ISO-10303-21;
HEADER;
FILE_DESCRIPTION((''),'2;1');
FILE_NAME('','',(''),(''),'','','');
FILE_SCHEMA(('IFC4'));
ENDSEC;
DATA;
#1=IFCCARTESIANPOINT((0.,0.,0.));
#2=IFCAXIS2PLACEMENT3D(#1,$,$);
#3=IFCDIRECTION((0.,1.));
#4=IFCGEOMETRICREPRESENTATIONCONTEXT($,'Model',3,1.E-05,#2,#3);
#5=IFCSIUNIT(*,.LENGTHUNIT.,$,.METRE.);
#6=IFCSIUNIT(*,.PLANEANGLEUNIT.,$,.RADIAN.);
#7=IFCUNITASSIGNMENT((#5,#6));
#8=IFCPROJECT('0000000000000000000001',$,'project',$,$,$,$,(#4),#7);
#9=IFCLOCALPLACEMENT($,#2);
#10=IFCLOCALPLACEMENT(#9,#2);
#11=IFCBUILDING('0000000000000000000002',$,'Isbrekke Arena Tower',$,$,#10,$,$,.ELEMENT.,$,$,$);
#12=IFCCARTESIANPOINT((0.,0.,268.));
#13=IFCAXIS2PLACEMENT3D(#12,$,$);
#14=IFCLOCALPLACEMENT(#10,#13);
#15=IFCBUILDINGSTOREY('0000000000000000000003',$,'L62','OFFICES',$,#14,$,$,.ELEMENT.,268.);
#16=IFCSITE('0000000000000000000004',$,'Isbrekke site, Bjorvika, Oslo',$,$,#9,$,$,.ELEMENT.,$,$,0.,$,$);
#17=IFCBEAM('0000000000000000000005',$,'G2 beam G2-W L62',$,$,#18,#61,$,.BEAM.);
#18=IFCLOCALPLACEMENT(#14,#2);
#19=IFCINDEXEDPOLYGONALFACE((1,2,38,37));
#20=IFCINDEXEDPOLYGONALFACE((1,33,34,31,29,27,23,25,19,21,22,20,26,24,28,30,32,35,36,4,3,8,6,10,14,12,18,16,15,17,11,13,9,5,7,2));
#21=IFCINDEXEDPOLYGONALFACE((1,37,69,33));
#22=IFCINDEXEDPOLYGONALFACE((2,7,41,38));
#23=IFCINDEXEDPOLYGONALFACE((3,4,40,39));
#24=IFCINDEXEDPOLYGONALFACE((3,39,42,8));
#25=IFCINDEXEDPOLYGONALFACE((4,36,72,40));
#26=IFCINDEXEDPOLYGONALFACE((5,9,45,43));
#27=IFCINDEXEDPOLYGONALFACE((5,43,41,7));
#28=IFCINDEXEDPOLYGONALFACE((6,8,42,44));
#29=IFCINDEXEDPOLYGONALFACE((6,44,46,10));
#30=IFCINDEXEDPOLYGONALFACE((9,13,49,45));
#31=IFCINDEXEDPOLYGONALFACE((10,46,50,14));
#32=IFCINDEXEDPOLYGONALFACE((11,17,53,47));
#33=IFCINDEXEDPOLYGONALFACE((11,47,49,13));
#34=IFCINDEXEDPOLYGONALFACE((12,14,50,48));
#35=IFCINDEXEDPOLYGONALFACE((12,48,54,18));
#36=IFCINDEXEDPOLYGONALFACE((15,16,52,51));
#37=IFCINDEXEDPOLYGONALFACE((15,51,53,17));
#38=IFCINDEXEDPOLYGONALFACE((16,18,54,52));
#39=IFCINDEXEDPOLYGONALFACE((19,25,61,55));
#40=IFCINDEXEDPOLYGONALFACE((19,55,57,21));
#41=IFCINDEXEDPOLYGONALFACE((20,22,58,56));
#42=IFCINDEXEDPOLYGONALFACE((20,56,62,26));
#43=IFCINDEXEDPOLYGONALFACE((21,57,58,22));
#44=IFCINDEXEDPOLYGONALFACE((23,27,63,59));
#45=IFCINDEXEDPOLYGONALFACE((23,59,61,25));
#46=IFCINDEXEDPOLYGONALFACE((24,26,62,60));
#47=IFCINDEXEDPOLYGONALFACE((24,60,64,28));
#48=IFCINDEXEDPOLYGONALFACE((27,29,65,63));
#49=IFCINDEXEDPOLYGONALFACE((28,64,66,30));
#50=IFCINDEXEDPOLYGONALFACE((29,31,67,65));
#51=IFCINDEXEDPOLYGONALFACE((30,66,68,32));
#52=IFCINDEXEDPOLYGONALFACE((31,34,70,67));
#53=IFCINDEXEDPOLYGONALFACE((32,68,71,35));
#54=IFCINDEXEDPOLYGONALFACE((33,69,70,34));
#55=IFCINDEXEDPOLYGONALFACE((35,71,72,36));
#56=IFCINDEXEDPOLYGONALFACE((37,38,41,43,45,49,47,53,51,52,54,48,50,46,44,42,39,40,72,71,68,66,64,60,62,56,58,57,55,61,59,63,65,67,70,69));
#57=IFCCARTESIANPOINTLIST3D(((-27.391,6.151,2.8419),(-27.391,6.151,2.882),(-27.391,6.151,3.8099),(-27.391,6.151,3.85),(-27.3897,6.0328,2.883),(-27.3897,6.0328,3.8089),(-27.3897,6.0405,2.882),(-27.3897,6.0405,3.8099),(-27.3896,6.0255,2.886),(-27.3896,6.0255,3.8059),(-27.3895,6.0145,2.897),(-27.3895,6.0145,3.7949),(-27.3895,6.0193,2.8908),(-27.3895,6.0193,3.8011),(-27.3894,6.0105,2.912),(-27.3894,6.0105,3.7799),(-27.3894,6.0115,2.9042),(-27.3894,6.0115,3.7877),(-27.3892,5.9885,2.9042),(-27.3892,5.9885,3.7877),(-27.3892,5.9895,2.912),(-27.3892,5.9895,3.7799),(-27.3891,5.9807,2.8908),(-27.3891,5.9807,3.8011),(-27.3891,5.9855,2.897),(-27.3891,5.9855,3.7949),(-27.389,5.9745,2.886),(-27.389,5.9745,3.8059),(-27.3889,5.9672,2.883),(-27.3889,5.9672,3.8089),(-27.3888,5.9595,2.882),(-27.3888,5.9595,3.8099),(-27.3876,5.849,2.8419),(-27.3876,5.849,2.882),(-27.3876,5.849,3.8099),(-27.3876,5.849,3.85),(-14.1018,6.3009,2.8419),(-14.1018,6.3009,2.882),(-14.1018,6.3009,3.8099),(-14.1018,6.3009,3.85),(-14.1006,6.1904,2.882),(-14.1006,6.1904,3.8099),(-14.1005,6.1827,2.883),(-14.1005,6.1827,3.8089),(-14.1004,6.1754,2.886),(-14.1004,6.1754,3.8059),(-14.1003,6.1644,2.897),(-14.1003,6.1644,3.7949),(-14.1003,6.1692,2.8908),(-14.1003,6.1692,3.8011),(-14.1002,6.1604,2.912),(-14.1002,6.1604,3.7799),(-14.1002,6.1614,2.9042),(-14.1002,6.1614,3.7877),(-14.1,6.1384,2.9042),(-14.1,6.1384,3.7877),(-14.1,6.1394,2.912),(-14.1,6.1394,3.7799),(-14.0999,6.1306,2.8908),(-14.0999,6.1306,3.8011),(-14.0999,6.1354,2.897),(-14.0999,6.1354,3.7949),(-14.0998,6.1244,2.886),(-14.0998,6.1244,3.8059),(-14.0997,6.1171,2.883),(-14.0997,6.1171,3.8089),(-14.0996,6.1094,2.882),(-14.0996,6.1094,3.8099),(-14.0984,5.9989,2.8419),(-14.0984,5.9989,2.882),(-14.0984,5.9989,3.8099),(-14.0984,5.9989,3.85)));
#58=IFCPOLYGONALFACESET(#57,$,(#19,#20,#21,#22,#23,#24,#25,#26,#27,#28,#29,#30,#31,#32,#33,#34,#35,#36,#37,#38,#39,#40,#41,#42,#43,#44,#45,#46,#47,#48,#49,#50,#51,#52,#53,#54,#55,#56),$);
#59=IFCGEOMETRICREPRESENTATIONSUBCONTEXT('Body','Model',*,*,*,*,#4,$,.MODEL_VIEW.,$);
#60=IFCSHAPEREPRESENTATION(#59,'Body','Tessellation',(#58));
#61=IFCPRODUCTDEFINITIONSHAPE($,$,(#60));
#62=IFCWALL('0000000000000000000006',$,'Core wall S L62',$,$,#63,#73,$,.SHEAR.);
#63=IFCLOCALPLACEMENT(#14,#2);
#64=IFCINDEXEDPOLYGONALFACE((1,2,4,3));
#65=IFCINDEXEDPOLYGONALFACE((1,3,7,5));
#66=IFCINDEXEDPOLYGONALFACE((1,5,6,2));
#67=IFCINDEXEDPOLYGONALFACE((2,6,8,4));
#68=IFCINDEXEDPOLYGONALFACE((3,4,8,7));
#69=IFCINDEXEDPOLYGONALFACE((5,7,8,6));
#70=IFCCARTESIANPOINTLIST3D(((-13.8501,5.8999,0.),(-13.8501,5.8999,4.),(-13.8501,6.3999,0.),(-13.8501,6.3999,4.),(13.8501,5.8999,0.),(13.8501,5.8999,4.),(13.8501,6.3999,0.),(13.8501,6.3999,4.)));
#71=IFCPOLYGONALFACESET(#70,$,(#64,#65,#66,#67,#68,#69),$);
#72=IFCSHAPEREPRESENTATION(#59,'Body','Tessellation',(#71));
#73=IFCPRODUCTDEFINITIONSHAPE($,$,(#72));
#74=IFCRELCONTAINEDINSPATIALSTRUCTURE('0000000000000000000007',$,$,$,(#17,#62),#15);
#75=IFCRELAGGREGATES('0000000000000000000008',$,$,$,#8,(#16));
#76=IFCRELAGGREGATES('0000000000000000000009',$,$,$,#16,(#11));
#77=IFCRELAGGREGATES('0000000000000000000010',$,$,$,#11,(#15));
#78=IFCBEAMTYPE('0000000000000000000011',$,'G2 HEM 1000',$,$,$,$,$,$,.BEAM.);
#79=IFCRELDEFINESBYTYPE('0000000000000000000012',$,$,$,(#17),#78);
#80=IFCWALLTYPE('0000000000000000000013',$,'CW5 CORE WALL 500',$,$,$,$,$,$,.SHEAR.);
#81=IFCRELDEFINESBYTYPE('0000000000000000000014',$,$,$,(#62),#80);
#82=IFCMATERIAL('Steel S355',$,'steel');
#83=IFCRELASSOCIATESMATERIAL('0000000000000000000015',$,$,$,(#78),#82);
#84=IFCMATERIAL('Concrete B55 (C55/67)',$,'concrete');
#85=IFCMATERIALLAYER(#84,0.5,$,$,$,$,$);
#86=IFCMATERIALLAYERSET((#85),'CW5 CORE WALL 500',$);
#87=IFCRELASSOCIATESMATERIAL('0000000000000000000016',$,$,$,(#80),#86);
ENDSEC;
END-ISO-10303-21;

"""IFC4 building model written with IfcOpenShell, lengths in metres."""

from ifc_helpers import new_model, si_unit, direction, frame, frame_2d, origin, origin_2d, place, context, subcontext, project, spatial, rectangle, i_section, extrude, material, layer, layer_set, material_profile, profile_set, type_object, element, save


model = new_model("IFC4")

# Units and contexts
model_context = context("Model", 3, precision=1e-05, world=origin(), true_north=direction((0.0, 1.0)))
body_context = subcontext(model_context, "Body", "Model", "MODEL_VIEW")
ifc_project = project(units=[si_unit("LENGTHUNIT", "METRE"), si_unit("PLANEANGLEUNIT", "RADIAN")], contexts=[model_context])

# Site, building, storey
site_placement = place(None, origin())
site = spatial("IfcSite", under=ifc_project, at=site_placement, Name="Isbrekke site, Bjorvika, Oslo", CompositionType="ELEMENT", RefElevation=0.0)
building_placement = place(site_placement, origin())
building = spatial("IfcBuilding", under=site, at=building_placement, Name="Isbrekke Arena Tower", CompositionType="ELEMENT")
storey_placement = place(building_placement, frame((0.0, 0.0, 268.0)))
storey = spatial("IfcBuildingStorey", under=building, at=storey_placement, Name="L62", Description="OFFICES", CompositionType="ELEMENT", Elevation=268.0)

# Beam
ifc_material_1 = material(Name="Steel S355", Category="steel")
ifc_material_profile = material_profile(ifc_material_1, i_section(OverallWidth=0.302, OverallDepth=1.0081, WebThickness=0.021, FlangeThickness=0.04, FilletRadius=0.03, at=origin_2d()), Name="HEM 1000")
ifc_profile_set = profile_set([ifc_material_profile], Name="Steel S355")
beam_type = type_object("IfcBeamType", Name="G2 HEM 1000", PredefinedType="BEAM", material=ifc_profile_set)
beam_placement = place(storey_placement, frame((-14.1001, 6.1499, 3.3459), z_axis=(-0.999936, -0.011279, 0.0), x_axis=(0.011279, -0.999936, 0.0)))
element("IfcBeam", 1, at=beam_placement, inside=storey, type_object=beam_type, Name="G2 beam G2-W L62", PredefinedType="BEAM", context=body_context, shape_type="SweptSolid", body=[
    extrude(i_section(OverallWidth=0.302, OverallDepth=1.0081, WebThickness=0.021, FlangeThickness=0.04, FilletRadius=0.03, at=origin_2d()), origin(), (0.0, 0.0, 1.0), 13.29),
])

# Wall
ifc_material_2 = material(Name="Concrete B55 (C55/67)", Category="concrete")
ifc_layer_1 = layer(ifc_material_2, 0.5)
ifc_layer_set_1 = layer_set([ifc_layer_1], Name="CW5 CORE WALL 500")
wall_type_1 = type_object("IfcWallType", Name="CW5 CORE WALL 500", PredefinedType="SHEAR", material=ifc_layer_set_1)
wall_1_placement = place(storey_placement, frame((-13.8501, 6.1499, 0.0), z_axis=(0.0, 0.0, 1.0), x_axis=(1.0, 0.0, 0.0)))
element("IfcWall", 2, at=wall_1_placement, inside=storey, type_object=wall_type_1, Name="Core wall S L62", PredefinedType="SHEAR", context=body_context, shape_type="SweptSolid", body=[
    extrude(rectangle(XDim=27.7002, YDim=0.5, at=frame_2d((13.8501, 0.0))), origin(), (0.0, 0.0, 1.0), 4.0),
])

save(model, "model.ifc")
